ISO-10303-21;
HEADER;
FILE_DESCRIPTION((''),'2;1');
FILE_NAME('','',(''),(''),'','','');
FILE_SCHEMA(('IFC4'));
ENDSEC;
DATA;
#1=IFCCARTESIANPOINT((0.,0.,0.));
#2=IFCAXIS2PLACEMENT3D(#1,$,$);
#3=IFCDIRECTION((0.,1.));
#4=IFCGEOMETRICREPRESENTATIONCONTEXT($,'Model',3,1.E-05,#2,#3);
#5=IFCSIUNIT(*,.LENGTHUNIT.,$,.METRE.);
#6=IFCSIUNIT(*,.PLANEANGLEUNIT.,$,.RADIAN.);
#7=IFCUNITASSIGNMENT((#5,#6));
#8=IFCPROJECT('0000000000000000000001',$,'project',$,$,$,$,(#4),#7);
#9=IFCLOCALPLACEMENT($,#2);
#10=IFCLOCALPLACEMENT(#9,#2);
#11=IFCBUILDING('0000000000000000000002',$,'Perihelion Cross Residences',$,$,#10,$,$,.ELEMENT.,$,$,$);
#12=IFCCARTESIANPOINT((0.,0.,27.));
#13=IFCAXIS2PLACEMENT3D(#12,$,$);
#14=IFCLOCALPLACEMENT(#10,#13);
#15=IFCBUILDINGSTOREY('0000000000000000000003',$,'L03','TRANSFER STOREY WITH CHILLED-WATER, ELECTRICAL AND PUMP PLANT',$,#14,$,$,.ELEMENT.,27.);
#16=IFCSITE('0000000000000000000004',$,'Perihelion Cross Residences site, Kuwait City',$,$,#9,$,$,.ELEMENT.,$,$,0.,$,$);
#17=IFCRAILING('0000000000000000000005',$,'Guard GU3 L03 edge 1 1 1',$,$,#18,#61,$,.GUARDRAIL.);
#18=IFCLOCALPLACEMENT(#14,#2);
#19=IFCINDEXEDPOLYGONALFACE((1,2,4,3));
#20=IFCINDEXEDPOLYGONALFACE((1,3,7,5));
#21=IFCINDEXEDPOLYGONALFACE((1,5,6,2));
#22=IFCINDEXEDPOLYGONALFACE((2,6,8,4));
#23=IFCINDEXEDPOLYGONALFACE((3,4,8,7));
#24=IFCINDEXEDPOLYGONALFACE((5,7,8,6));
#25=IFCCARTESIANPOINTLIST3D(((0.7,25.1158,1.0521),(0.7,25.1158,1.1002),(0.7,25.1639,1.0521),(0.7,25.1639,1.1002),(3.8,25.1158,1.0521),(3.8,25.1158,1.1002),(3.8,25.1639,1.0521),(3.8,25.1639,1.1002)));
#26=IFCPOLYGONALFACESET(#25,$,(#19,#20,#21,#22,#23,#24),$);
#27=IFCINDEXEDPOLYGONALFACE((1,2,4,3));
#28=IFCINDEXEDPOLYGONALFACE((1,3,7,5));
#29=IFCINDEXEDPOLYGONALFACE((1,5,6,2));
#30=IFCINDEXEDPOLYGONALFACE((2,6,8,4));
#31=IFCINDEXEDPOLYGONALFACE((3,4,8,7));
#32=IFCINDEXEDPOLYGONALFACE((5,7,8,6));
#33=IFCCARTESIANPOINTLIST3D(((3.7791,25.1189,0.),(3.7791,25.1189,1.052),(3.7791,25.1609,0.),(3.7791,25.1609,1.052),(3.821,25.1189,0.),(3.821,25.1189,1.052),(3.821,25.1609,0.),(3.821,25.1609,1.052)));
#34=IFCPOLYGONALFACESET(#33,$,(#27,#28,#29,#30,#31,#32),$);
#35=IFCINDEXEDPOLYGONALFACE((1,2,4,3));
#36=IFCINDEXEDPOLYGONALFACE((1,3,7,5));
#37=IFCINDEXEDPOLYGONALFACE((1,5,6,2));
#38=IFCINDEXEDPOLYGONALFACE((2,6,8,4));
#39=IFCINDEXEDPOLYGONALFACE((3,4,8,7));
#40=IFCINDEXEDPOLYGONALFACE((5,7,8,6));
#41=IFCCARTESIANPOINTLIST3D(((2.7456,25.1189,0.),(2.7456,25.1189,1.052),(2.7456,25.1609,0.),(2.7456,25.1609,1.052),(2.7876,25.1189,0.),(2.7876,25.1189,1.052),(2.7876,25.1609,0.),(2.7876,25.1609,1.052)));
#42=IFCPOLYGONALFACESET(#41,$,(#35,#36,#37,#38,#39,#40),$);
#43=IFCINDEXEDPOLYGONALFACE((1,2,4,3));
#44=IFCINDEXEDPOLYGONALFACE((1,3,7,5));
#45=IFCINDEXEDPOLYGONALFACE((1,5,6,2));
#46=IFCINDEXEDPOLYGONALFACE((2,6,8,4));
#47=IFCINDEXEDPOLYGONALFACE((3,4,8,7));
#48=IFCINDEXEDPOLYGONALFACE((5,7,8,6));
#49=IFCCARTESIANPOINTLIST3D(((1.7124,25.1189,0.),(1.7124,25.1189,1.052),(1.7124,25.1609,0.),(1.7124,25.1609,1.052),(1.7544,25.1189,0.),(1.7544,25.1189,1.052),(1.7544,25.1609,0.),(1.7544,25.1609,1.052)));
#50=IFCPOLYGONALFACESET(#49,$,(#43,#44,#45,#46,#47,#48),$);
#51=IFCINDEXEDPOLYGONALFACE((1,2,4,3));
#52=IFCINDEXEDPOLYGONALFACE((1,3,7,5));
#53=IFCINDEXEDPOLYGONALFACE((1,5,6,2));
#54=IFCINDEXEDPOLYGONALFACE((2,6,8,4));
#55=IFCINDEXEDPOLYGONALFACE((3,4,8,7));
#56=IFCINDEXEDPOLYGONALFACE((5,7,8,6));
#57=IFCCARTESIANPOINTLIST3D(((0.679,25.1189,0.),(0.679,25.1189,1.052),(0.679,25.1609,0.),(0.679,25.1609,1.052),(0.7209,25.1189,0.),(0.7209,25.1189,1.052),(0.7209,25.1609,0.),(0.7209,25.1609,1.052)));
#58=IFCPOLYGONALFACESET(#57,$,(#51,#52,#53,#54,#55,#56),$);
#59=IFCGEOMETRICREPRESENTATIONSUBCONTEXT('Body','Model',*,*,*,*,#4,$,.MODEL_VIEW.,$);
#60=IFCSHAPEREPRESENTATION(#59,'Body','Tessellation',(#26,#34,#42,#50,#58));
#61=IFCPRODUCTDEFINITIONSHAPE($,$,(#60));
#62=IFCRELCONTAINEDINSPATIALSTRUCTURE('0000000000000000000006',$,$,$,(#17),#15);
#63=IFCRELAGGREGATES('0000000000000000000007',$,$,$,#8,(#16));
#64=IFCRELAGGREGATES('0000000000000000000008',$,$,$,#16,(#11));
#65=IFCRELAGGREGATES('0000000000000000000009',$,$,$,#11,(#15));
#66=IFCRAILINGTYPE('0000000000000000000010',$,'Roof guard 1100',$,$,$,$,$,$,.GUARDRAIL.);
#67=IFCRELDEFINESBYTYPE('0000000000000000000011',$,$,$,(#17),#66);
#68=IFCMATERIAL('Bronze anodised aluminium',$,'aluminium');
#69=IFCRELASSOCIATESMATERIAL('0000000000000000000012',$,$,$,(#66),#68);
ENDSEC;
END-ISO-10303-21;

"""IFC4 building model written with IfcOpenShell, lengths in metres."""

from ifc_helpers import new_model, si_unit, direction, frame, origin, origin_2d, place, context, subcontext, project, spatial, rectangle, extrude, material, type_object, element, save


model = new_model("IFC4")

# Units and contexts
model_context = context("Model", 3, precision=1e-05, world=origin(), true_north=direction((0.0, 1.0)))
body_context = subcontext(model_context, "Body", "Model", "MODEL_VIEW")
ifc_project = project(units=[si_unit("LENGTHUNIT", "METRE"), si_unit("PLANEANGLEUNIT", "RADIAN")], contexts=[model_context])

# Site, building, storey
site_placement = place(None, origin())
site = spatial("IfcSite", under=ifc_project, at=site_placement, Name="Perihelion Cross Residences site, Kuwait City", CompositionType="ELEMENT", RefElevation=0.0)
building_placement = place(site_placement, origin())
building = spatial("IfcBuilding", under=site, at=building_placement, Name="Perihelion Cross Residences", CompositionType="ELEMENT")
storey_placement = place(building_placement, frame((0.0, 0.0, 27.0)))
storey = spatial("IfcBuildingStorey", under=building, at=storey_placement, Name="L03", Description="TRANSFER STOREY WITH CHILLED-WATER, ELECTRICAL AND PUMP PLANT", CompositionType="ELEMENT", Elevation=27.0)

# Railing
ifc_material_1 = material(Name="Bronze anodised aluminium", Category="aluminium")
railing_type = type_object("IfcRailingType", Name="Roof guard 1100", PredefinedType="GUARDRAIL", material=ifc_material_1)
railing_placement = place(storey_placement, frame((3.8, 25.1399, 0.0)))
element("IfcRailing", 1, at=railing_placement, inside=storey, type_object=railing_type, Name="Guard GU3 L03 edge 1 1 1", PredefinedType="GUARDRAIL", context=body_context, shape_type="SweptSolid", body=[
    extrude(rectangle(XDim=0.0481, YDim=0.0481, at=origin_2d()), frame((0.0, 0.0, 1.0762), z_axis=(-1.0, 0.0, 0.0), x_axis=(0.0, -1.0, 0.0)), (0.0, 0.0, 1.0), 3.1001),
    extrude(rectangle(XDim=0.042, YDim=0.042, at=origin_2d()), origin(), (0.0, 0.0, 1.0), 1.052),
    extrude(rectangle(XDim=0.042, YDim=0.042, at=origin_2d()), frame((-1.0334, 0.0, 0.0)), (0.0, 0.0, 1.0), 1.052),
    extrude(rectangle(XDim=0.042, YDim=0.042, at=origin_2d()), frame((-2.0667, 0.0, 0.0)), (0.0, 0.0, 1.0), 1.052),
    extrude(rectangle(XDim=0.042, YDim=0.042, at=origin_2d()), frame((-3.1001, 0.0, 0.0)), (0.0, 0.0, 1.0), 1.052),
])

save(model, "model.ifc")
